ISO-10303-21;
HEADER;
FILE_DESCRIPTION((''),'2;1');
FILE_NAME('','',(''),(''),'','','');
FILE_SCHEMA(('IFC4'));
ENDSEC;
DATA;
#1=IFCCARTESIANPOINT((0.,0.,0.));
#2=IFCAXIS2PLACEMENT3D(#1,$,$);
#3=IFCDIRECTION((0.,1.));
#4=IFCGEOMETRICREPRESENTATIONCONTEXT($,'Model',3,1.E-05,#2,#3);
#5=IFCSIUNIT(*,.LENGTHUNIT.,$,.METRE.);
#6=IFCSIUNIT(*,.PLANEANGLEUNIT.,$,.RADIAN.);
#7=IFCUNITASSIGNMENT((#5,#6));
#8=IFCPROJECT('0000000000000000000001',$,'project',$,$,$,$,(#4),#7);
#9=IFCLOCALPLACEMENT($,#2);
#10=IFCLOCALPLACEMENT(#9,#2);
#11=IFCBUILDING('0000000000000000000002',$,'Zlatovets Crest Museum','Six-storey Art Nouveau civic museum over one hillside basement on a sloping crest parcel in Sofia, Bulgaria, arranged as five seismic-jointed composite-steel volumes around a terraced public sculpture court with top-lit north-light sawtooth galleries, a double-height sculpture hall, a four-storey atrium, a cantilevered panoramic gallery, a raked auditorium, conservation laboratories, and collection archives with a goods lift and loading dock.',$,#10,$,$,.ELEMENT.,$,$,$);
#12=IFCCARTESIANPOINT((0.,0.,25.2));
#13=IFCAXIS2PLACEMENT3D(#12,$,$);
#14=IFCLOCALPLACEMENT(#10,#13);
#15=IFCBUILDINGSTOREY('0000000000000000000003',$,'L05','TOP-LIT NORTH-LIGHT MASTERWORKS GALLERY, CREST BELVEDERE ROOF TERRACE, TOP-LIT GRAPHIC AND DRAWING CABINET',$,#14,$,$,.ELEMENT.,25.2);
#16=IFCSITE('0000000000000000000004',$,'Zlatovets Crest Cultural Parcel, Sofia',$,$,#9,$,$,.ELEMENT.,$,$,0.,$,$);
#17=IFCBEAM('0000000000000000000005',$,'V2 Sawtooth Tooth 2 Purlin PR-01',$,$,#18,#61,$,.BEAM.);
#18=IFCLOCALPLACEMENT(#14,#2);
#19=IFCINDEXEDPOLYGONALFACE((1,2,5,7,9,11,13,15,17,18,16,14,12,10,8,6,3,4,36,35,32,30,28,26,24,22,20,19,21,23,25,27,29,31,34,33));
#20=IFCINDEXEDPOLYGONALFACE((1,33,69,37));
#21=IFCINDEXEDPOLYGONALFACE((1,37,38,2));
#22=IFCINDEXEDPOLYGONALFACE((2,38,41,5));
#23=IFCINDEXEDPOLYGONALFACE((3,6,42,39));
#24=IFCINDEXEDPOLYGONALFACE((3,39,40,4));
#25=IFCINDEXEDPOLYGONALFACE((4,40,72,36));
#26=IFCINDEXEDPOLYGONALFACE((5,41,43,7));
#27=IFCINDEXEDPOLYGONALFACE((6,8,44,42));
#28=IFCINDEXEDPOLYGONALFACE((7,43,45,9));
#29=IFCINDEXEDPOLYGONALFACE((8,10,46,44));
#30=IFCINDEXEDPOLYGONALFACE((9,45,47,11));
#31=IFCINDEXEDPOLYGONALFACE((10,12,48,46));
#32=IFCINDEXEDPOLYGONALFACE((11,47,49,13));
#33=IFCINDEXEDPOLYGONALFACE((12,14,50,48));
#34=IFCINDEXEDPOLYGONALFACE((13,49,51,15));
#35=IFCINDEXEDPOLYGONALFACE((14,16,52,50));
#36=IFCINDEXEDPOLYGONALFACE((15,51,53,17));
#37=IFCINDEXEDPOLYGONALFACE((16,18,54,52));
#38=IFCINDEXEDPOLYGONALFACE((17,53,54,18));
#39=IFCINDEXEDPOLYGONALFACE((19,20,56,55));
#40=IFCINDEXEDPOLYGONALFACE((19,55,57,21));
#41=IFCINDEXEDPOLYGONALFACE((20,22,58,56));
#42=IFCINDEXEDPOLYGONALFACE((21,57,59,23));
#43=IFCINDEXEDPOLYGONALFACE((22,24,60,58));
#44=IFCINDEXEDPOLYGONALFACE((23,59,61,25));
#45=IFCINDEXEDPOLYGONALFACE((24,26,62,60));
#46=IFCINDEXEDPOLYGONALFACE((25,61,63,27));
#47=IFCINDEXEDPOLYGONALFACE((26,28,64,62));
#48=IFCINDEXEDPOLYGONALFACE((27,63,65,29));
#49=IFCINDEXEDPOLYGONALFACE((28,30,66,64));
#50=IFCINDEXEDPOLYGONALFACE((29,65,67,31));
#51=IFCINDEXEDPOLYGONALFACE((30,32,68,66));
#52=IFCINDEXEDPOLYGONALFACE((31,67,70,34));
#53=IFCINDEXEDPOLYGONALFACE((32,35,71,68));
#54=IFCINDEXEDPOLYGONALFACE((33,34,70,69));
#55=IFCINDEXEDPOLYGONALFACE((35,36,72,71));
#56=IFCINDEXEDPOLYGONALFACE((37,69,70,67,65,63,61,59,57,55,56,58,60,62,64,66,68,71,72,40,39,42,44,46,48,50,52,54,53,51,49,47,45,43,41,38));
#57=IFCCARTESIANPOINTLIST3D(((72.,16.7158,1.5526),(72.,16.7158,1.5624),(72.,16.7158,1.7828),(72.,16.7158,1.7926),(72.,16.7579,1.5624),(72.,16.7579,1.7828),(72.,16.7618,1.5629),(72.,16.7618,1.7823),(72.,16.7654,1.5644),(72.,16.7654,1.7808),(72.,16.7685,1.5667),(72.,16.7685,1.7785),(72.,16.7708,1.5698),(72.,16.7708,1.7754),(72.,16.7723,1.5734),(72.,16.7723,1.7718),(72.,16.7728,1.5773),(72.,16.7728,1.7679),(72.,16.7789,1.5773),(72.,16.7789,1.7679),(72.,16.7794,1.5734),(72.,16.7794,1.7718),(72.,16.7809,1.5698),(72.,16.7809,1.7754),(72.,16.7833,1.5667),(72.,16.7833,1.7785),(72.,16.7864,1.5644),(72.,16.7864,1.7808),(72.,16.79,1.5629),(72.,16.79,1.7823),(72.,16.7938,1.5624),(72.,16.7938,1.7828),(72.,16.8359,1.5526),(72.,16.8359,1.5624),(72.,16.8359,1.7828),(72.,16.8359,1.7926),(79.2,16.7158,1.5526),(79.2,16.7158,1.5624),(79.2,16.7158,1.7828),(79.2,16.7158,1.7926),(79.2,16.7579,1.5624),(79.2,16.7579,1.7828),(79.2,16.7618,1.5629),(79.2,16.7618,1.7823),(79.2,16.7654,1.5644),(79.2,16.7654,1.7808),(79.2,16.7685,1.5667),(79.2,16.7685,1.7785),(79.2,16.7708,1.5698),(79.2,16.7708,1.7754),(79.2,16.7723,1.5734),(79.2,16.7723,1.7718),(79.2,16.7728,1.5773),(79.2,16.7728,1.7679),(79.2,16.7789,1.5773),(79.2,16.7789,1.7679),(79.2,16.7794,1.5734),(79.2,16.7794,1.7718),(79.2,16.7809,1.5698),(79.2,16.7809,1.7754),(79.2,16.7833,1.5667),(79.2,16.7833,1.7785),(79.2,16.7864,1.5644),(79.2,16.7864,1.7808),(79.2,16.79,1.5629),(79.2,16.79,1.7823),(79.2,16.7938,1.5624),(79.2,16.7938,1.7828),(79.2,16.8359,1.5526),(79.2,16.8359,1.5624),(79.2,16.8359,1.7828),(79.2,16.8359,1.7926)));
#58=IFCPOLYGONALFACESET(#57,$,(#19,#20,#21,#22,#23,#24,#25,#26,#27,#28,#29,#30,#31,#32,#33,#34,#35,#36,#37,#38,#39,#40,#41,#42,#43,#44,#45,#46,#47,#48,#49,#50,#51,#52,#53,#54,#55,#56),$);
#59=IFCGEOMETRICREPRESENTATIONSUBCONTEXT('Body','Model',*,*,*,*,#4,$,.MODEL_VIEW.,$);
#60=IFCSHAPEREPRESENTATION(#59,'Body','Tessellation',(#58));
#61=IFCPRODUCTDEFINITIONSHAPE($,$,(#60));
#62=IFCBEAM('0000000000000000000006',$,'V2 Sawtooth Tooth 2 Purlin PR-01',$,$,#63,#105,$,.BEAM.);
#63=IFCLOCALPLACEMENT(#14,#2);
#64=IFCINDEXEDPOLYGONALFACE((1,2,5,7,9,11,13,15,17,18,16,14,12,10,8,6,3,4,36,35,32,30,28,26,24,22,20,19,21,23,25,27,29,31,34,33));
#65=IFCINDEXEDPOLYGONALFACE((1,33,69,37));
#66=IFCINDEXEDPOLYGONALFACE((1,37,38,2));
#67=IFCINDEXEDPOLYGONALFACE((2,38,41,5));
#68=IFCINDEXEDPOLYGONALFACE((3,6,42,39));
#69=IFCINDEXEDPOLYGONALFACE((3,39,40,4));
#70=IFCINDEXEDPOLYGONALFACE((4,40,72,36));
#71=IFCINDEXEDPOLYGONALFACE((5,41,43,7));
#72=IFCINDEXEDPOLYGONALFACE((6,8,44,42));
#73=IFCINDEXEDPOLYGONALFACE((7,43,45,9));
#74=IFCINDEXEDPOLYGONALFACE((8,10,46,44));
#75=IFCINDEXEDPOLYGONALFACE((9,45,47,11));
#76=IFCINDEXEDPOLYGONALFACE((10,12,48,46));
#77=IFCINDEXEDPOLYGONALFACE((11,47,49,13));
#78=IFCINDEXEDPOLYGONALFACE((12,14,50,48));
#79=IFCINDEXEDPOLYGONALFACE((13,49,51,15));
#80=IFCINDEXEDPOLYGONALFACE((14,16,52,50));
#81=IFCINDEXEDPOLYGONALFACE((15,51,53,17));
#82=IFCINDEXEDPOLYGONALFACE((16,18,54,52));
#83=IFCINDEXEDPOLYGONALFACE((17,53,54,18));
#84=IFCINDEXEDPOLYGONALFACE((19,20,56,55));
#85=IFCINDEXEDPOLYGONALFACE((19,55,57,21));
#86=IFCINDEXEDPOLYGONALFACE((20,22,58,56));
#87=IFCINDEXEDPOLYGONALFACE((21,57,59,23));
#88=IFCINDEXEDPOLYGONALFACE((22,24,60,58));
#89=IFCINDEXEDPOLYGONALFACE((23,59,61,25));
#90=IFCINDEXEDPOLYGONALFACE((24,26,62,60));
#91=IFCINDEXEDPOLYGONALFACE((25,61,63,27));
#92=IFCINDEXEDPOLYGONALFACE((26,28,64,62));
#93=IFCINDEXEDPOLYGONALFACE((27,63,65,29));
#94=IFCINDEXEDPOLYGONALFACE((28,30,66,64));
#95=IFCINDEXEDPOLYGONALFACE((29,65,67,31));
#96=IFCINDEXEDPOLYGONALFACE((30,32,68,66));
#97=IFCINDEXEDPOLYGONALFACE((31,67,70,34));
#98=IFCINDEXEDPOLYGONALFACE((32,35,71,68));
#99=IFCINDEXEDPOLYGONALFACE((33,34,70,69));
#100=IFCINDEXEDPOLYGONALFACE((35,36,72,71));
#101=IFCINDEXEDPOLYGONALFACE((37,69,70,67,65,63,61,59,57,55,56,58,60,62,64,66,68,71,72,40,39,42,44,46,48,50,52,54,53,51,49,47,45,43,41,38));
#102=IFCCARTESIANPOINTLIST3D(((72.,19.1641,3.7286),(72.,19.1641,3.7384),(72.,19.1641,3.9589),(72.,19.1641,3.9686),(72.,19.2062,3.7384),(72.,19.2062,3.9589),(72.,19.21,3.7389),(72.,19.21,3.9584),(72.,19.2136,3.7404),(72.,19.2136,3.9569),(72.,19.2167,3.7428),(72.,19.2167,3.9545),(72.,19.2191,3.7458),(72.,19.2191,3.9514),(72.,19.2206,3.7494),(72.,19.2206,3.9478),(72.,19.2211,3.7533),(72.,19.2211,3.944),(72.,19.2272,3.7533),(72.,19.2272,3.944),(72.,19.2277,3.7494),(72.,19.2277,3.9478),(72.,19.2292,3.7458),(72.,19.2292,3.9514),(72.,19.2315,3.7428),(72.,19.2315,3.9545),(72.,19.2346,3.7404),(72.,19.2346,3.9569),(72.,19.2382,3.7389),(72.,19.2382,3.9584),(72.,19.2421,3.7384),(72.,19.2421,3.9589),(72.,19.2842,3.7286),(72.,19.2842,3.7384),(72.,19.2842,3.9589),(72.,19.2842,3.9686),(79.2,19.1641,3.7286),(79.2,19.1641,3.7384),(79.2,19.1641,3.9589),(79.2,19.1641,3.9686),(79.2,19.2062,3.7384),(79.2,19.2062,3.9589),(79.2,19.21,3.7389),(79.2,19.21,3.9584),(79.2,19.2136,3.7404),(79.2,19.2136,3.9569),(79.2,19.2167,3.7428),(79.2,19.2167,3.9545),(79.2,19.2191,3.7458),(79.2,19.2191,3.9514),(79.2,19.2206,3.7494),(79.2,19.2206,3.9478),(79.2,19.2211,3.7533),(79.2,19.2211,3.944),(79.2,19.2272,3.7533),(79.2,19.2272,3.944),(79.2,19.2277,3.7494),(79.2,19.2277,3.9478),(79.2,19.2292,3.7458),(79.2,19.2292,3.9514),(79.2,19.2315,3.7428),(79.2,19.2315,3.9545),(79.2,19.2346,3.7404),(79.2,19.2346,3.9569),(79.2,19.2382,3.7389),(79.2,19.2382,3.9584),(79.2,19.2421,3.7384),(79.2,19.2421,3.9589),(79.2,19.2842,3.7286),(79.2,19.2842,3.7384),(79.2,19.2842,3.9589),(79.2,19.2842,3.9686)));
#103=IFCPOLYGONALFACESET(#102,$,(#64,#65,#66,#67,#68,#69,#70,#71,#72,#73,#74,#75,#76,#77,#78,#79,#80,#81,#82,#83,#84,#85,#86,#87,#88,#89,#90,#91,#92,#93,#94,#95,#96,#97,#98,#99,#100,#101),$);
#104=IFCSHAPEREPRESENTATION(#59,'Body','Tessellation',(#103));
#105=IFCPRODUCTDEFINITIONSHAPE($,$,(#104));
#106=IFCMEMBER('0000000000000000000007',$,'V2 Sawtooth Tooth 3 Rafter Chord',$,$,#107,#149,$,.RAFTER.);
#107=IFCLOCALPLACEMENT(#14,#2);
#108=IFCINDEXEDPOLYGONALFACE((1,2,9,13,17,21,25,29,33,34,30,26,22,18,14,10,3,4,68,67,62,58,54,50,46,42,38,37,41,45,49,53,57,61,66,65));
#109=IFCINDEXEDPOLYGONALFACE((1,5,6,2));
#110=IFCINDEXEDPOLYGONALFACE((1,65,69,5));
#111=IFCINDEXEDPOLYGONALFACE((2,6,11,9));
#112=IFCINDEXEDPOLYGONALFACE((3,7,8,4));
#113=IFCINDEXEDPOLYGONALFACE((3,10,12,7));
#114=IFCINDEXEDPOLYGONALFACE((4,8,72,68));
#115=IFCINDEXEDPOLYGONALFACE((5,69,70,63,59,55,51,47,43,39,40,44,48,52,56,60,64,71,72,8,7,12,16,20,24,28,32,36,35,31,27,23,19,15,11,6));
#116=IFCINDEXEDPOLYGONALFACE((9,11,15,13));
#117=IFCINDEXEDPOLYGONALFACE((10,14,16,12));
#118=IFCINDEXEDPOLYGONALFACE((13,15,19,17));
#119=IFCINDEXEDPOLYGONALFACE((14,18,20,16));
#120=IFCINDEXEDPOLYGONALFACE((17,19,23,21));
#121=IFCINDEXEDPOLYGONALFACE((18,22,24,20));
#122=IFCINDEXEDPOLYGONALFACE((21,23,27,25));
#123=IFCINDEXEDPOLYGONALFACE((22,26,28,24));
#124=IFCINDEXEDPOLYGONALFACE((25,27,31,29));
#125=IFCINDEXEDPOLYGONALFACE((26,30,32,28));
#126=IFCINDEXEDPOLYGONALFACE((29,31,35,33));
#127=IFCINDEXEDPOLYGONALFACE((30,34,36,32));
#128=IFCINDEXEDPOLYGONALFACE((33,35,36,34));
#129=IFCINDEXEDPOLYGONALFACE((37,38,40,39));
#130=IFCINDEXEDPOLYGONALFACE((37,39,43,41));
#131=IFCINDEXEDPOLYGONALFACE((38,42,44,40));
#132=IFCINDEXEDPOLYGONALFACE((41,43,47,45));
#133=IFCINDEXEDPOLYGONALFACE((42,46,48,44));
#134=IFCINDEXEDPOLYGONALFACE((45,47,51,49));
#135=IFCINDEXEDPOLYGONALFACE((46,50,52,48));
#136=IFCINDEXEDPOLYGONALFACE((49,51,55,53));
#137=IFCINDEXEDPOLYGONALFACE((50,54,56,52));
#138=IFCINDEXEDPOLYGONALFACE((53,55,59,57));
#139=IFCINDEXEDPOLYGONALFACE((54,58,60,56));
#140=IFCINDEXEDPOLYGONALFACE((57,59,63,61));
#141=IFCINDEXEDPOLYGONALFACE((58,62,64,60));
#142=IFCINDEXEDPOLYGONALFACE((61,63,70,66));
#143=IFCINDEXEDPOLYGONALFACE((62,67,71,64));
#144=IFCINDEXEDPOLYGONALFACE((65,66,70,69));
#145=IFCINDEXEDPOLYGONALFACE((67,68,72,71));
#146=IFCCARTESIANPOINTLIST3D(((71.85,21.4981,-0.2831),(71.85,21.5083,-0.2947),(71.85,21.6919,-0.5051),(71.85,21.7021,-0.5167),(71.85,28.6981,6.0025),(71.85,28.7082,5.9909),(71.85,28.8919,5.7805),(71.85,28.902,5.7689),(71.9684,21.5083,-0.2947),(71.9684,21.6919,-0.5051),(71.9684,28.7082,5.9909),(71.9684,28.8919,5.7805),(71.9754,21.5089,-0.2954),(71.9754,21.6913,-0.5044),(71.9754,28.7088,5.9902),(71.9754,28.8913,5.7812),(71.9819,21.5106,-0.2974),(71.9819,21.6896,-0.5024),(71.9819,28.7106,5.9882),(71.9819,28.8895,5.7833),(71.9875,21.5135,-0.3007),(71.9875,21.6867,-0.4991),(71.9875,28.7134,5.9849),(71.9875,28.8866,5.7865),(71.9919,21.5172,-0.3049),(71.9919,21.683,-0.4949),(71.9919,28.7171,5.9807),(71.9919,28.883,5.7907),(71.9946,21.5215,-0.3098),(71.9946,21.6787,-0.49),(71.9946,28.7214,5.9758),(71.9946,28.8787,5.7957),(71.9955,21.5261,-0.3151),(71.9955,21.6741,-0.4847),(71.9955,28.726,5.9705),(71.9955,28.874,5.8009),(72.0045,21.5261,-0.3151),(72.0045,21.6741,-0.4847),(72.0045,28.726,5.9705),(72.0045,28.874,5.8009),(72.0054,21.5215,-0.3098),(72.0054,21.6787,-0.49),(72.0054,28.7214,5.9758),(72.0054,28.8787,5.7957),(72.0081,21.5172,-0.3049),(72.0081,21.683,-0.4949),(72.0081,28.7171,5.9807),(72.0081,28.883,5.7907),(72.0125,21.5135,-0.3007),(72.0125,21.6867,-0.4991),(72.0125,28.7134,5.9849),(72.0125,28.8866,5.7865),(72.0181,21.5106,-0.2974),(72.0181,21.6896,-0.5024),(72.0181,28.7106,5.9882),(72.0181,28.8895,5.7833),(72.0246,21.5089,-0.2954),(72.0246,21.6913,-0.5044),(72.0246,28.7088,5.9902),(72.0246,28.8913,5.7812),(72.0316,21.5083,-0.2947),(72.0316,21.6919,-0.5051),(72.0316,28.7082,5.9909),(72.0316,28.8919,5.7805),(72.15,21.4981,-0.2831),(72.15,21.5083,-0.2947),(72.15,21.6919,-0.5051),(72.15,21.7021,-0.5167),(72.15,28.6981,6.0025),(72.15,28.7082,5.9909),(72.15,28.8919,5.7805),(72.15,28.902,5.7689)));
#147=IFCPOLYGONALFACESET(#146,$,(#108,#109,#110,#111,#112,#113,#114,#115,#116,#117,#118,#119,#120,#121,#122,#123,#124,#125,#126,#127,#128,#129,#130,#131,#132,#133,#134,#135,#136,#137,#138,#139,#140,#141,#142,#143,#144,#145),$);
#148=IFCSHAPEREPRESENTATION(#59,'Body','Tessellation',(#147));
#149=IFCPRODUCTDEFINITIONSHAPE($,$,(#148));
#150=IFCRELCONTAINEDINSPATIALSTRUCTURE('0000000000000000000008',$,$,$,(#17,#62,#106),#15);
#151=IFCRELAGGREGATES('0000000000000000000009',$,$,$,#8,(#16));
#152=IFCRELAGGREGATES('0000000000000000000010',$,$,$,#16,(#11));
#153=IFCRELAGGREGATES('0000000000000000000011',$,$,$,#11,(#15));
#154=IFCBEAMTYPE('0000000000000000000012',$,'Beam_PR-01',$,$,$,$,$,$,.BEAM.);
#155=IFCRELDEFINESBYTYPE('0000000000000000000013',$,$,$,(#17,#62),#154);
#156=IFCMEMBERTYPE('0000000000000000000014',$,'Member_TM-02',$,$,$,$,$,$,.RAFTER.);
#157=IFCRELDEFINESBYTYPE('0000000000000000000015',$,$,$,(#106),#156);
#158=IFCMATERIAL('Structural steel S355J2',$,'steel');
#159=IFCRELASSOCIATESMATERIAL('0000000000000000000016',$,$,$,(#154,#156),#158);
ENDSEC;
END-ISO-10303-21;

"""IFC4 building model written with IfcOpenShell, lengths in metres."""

from ifc_helpers import new_model, si_unit, direction, frame, origin, origin_2d, place, context, subcontext, project, spatial, i_section, extrude, material, material_profile, profile_set, type_object, element, save


model = new_model("IFC4")

# Units and contexts
model_context = context("Model", 3, precision=1e-05, world=origin(), true_north=direction((0.0, 1.0)))
body_context = subcontext(model_context, "Body", "Model", "MODEL_VIEW")
ifc_project = project(units=[si_unit("LENGTHUNIT", "METRE"), si_unit("PLANEANGLEUNIT", "RADIAN")], contexts=[model_context])

# Site, building, storey
site_placement = place(None, origin())
site = spatial("IfcSite", under=ifc_project, at=site_placement, Name="Zlatovets Crest Cultural Parcel, Sofia", CompositionType="ELEMENT", RefElevation=0.0)
building_placement = place(site_placement, origin())
building = spatial("IfcBuilding", under=site, at=building_placement, Name="Zlatovets Crest Museum", Description="Six-storey Art Nouveau civic museum over one hillside basement on a sloping crest parcel in Sofia, Bulgaria, arranged as five seismic-jointed composite-steel volumes around a terraced public sculpture court with top-lit north-light sawtooth galleries, a double-height sculpture hall, a four-storey atrium, a cantilevered panoramic gallery, a raked auditorium, conservation laboratories, and collection archives with a goods lift and loading dock.", CompositionType="ELEMENT")
storey_placement = place(building_placement, frame((0.0, 0.0, 25.2)))
storey = spatial("IfcBuildingStorey", under=building, at=storey_placement, Name="L05", Description="TOP-LIT NORTH-LIGHT MASTERWORKS GALLERY, CREST BELVEDERE ROOF TERRACE, TOP-LIT GRAPHIC AND DRAWING CABINET", CompositionType="ELEMENT", Elevation=25.2)

# Beams
ifc_material_1 = material(Name="Structural steel S355J2", Category="steel")
ifc_material_profile_1 = material_profile(ifc_material_1, i_section(OverallWidth=0.1201, OverallDepth=0.24, WebThickness=0.0061, FlangeThickness=0.0098, FilletRadius=0.0149, at=origin_2d()), Name="IPE 240")
ifc_profile_set_1 = profile_set([ifc_material_profile_1], Name="Structural steel S355J2")
beam_type_1 = type_object("IfcBeamType", Name="Beam_PR-01", PredefinedType="BEAM", material=ifc_profile_set_1)
for number, where, z_axis, x_axis, name in (
    (1, (72.0, 16.7759, 1.6726), (1.0, 0.0, 0.0), (0.0, 1.0, 0.0), "V2 Sawtooth Tooth 2 Purlin PR-01"),
    (2, (72.0, 19.2241, 3.8486), (1.0, 0.0, 0.0), (0.0, 1.0, 0.0), "V2 Sawtooth Tooth 2 Purlin PR-01"),
):
    element("IfcBeam", number, at=place(storey_placement, frame(where, z_axis=z_axis, x_axis=x_axis)), inside=storey, type_object=beam_type_1, Name=name, PredefinedType="BEAM", context=body_context, shape_type="SweptSolid", body=[
        extrude(i_section(OverallWidth=0.1201, OverallDepth=0.24, WebThickness=0.0061, FlangeThickness=0.0098, FilletRadius=0.0149, at=origin_2d()), origin(), (0.0, 0.0, 1.0), 7.2),
    ])

# Member
ifc_material_profile_2 = material_profile(ifc_material_1, i_section(OverallWidth=0.3, OverallDepth=0.3101, WebThickness=0.009, FlangeThickness=0.0154, FilletRadius=0.0271, at=origin_2d()), Name="HEA 320")
ifc_profile_set_2 = profile_set([ifc_material_profile_2], Name="Structural steel S355J2")
member_type_1 = type_object("IfcMemberType", Name="Member_TM-02", PredefinedType="RAFTER", material=ifc_profile_set_2)
member_1_placement = place(storey_placement, frame((72.0, 21.6001, -0.3999), z_axis=(0.0, 0.753318, 0.657656), x_axis=(-1.0, 0.0, 0.0)))
element("IfcMember", 3, at=member_1_placement, inside=storey, type_object=member_type_1, Name="V2 Sawtooth Tooth 3 Rafter Chord", PredefinedType="RAFTER", context=body_context, shape_type="SweptSolid", body=[
    extrude(i_section(OverallWidth=0.3, OverallDepth=0.3101, WebThickness=0.009, FlangeThickness=0.0154, FilletRadius=0.0271, at=origin_2d()), origin(), (0.0, 0.0, 1.0), 9.5576),
])

save(model, "model.ifc")
